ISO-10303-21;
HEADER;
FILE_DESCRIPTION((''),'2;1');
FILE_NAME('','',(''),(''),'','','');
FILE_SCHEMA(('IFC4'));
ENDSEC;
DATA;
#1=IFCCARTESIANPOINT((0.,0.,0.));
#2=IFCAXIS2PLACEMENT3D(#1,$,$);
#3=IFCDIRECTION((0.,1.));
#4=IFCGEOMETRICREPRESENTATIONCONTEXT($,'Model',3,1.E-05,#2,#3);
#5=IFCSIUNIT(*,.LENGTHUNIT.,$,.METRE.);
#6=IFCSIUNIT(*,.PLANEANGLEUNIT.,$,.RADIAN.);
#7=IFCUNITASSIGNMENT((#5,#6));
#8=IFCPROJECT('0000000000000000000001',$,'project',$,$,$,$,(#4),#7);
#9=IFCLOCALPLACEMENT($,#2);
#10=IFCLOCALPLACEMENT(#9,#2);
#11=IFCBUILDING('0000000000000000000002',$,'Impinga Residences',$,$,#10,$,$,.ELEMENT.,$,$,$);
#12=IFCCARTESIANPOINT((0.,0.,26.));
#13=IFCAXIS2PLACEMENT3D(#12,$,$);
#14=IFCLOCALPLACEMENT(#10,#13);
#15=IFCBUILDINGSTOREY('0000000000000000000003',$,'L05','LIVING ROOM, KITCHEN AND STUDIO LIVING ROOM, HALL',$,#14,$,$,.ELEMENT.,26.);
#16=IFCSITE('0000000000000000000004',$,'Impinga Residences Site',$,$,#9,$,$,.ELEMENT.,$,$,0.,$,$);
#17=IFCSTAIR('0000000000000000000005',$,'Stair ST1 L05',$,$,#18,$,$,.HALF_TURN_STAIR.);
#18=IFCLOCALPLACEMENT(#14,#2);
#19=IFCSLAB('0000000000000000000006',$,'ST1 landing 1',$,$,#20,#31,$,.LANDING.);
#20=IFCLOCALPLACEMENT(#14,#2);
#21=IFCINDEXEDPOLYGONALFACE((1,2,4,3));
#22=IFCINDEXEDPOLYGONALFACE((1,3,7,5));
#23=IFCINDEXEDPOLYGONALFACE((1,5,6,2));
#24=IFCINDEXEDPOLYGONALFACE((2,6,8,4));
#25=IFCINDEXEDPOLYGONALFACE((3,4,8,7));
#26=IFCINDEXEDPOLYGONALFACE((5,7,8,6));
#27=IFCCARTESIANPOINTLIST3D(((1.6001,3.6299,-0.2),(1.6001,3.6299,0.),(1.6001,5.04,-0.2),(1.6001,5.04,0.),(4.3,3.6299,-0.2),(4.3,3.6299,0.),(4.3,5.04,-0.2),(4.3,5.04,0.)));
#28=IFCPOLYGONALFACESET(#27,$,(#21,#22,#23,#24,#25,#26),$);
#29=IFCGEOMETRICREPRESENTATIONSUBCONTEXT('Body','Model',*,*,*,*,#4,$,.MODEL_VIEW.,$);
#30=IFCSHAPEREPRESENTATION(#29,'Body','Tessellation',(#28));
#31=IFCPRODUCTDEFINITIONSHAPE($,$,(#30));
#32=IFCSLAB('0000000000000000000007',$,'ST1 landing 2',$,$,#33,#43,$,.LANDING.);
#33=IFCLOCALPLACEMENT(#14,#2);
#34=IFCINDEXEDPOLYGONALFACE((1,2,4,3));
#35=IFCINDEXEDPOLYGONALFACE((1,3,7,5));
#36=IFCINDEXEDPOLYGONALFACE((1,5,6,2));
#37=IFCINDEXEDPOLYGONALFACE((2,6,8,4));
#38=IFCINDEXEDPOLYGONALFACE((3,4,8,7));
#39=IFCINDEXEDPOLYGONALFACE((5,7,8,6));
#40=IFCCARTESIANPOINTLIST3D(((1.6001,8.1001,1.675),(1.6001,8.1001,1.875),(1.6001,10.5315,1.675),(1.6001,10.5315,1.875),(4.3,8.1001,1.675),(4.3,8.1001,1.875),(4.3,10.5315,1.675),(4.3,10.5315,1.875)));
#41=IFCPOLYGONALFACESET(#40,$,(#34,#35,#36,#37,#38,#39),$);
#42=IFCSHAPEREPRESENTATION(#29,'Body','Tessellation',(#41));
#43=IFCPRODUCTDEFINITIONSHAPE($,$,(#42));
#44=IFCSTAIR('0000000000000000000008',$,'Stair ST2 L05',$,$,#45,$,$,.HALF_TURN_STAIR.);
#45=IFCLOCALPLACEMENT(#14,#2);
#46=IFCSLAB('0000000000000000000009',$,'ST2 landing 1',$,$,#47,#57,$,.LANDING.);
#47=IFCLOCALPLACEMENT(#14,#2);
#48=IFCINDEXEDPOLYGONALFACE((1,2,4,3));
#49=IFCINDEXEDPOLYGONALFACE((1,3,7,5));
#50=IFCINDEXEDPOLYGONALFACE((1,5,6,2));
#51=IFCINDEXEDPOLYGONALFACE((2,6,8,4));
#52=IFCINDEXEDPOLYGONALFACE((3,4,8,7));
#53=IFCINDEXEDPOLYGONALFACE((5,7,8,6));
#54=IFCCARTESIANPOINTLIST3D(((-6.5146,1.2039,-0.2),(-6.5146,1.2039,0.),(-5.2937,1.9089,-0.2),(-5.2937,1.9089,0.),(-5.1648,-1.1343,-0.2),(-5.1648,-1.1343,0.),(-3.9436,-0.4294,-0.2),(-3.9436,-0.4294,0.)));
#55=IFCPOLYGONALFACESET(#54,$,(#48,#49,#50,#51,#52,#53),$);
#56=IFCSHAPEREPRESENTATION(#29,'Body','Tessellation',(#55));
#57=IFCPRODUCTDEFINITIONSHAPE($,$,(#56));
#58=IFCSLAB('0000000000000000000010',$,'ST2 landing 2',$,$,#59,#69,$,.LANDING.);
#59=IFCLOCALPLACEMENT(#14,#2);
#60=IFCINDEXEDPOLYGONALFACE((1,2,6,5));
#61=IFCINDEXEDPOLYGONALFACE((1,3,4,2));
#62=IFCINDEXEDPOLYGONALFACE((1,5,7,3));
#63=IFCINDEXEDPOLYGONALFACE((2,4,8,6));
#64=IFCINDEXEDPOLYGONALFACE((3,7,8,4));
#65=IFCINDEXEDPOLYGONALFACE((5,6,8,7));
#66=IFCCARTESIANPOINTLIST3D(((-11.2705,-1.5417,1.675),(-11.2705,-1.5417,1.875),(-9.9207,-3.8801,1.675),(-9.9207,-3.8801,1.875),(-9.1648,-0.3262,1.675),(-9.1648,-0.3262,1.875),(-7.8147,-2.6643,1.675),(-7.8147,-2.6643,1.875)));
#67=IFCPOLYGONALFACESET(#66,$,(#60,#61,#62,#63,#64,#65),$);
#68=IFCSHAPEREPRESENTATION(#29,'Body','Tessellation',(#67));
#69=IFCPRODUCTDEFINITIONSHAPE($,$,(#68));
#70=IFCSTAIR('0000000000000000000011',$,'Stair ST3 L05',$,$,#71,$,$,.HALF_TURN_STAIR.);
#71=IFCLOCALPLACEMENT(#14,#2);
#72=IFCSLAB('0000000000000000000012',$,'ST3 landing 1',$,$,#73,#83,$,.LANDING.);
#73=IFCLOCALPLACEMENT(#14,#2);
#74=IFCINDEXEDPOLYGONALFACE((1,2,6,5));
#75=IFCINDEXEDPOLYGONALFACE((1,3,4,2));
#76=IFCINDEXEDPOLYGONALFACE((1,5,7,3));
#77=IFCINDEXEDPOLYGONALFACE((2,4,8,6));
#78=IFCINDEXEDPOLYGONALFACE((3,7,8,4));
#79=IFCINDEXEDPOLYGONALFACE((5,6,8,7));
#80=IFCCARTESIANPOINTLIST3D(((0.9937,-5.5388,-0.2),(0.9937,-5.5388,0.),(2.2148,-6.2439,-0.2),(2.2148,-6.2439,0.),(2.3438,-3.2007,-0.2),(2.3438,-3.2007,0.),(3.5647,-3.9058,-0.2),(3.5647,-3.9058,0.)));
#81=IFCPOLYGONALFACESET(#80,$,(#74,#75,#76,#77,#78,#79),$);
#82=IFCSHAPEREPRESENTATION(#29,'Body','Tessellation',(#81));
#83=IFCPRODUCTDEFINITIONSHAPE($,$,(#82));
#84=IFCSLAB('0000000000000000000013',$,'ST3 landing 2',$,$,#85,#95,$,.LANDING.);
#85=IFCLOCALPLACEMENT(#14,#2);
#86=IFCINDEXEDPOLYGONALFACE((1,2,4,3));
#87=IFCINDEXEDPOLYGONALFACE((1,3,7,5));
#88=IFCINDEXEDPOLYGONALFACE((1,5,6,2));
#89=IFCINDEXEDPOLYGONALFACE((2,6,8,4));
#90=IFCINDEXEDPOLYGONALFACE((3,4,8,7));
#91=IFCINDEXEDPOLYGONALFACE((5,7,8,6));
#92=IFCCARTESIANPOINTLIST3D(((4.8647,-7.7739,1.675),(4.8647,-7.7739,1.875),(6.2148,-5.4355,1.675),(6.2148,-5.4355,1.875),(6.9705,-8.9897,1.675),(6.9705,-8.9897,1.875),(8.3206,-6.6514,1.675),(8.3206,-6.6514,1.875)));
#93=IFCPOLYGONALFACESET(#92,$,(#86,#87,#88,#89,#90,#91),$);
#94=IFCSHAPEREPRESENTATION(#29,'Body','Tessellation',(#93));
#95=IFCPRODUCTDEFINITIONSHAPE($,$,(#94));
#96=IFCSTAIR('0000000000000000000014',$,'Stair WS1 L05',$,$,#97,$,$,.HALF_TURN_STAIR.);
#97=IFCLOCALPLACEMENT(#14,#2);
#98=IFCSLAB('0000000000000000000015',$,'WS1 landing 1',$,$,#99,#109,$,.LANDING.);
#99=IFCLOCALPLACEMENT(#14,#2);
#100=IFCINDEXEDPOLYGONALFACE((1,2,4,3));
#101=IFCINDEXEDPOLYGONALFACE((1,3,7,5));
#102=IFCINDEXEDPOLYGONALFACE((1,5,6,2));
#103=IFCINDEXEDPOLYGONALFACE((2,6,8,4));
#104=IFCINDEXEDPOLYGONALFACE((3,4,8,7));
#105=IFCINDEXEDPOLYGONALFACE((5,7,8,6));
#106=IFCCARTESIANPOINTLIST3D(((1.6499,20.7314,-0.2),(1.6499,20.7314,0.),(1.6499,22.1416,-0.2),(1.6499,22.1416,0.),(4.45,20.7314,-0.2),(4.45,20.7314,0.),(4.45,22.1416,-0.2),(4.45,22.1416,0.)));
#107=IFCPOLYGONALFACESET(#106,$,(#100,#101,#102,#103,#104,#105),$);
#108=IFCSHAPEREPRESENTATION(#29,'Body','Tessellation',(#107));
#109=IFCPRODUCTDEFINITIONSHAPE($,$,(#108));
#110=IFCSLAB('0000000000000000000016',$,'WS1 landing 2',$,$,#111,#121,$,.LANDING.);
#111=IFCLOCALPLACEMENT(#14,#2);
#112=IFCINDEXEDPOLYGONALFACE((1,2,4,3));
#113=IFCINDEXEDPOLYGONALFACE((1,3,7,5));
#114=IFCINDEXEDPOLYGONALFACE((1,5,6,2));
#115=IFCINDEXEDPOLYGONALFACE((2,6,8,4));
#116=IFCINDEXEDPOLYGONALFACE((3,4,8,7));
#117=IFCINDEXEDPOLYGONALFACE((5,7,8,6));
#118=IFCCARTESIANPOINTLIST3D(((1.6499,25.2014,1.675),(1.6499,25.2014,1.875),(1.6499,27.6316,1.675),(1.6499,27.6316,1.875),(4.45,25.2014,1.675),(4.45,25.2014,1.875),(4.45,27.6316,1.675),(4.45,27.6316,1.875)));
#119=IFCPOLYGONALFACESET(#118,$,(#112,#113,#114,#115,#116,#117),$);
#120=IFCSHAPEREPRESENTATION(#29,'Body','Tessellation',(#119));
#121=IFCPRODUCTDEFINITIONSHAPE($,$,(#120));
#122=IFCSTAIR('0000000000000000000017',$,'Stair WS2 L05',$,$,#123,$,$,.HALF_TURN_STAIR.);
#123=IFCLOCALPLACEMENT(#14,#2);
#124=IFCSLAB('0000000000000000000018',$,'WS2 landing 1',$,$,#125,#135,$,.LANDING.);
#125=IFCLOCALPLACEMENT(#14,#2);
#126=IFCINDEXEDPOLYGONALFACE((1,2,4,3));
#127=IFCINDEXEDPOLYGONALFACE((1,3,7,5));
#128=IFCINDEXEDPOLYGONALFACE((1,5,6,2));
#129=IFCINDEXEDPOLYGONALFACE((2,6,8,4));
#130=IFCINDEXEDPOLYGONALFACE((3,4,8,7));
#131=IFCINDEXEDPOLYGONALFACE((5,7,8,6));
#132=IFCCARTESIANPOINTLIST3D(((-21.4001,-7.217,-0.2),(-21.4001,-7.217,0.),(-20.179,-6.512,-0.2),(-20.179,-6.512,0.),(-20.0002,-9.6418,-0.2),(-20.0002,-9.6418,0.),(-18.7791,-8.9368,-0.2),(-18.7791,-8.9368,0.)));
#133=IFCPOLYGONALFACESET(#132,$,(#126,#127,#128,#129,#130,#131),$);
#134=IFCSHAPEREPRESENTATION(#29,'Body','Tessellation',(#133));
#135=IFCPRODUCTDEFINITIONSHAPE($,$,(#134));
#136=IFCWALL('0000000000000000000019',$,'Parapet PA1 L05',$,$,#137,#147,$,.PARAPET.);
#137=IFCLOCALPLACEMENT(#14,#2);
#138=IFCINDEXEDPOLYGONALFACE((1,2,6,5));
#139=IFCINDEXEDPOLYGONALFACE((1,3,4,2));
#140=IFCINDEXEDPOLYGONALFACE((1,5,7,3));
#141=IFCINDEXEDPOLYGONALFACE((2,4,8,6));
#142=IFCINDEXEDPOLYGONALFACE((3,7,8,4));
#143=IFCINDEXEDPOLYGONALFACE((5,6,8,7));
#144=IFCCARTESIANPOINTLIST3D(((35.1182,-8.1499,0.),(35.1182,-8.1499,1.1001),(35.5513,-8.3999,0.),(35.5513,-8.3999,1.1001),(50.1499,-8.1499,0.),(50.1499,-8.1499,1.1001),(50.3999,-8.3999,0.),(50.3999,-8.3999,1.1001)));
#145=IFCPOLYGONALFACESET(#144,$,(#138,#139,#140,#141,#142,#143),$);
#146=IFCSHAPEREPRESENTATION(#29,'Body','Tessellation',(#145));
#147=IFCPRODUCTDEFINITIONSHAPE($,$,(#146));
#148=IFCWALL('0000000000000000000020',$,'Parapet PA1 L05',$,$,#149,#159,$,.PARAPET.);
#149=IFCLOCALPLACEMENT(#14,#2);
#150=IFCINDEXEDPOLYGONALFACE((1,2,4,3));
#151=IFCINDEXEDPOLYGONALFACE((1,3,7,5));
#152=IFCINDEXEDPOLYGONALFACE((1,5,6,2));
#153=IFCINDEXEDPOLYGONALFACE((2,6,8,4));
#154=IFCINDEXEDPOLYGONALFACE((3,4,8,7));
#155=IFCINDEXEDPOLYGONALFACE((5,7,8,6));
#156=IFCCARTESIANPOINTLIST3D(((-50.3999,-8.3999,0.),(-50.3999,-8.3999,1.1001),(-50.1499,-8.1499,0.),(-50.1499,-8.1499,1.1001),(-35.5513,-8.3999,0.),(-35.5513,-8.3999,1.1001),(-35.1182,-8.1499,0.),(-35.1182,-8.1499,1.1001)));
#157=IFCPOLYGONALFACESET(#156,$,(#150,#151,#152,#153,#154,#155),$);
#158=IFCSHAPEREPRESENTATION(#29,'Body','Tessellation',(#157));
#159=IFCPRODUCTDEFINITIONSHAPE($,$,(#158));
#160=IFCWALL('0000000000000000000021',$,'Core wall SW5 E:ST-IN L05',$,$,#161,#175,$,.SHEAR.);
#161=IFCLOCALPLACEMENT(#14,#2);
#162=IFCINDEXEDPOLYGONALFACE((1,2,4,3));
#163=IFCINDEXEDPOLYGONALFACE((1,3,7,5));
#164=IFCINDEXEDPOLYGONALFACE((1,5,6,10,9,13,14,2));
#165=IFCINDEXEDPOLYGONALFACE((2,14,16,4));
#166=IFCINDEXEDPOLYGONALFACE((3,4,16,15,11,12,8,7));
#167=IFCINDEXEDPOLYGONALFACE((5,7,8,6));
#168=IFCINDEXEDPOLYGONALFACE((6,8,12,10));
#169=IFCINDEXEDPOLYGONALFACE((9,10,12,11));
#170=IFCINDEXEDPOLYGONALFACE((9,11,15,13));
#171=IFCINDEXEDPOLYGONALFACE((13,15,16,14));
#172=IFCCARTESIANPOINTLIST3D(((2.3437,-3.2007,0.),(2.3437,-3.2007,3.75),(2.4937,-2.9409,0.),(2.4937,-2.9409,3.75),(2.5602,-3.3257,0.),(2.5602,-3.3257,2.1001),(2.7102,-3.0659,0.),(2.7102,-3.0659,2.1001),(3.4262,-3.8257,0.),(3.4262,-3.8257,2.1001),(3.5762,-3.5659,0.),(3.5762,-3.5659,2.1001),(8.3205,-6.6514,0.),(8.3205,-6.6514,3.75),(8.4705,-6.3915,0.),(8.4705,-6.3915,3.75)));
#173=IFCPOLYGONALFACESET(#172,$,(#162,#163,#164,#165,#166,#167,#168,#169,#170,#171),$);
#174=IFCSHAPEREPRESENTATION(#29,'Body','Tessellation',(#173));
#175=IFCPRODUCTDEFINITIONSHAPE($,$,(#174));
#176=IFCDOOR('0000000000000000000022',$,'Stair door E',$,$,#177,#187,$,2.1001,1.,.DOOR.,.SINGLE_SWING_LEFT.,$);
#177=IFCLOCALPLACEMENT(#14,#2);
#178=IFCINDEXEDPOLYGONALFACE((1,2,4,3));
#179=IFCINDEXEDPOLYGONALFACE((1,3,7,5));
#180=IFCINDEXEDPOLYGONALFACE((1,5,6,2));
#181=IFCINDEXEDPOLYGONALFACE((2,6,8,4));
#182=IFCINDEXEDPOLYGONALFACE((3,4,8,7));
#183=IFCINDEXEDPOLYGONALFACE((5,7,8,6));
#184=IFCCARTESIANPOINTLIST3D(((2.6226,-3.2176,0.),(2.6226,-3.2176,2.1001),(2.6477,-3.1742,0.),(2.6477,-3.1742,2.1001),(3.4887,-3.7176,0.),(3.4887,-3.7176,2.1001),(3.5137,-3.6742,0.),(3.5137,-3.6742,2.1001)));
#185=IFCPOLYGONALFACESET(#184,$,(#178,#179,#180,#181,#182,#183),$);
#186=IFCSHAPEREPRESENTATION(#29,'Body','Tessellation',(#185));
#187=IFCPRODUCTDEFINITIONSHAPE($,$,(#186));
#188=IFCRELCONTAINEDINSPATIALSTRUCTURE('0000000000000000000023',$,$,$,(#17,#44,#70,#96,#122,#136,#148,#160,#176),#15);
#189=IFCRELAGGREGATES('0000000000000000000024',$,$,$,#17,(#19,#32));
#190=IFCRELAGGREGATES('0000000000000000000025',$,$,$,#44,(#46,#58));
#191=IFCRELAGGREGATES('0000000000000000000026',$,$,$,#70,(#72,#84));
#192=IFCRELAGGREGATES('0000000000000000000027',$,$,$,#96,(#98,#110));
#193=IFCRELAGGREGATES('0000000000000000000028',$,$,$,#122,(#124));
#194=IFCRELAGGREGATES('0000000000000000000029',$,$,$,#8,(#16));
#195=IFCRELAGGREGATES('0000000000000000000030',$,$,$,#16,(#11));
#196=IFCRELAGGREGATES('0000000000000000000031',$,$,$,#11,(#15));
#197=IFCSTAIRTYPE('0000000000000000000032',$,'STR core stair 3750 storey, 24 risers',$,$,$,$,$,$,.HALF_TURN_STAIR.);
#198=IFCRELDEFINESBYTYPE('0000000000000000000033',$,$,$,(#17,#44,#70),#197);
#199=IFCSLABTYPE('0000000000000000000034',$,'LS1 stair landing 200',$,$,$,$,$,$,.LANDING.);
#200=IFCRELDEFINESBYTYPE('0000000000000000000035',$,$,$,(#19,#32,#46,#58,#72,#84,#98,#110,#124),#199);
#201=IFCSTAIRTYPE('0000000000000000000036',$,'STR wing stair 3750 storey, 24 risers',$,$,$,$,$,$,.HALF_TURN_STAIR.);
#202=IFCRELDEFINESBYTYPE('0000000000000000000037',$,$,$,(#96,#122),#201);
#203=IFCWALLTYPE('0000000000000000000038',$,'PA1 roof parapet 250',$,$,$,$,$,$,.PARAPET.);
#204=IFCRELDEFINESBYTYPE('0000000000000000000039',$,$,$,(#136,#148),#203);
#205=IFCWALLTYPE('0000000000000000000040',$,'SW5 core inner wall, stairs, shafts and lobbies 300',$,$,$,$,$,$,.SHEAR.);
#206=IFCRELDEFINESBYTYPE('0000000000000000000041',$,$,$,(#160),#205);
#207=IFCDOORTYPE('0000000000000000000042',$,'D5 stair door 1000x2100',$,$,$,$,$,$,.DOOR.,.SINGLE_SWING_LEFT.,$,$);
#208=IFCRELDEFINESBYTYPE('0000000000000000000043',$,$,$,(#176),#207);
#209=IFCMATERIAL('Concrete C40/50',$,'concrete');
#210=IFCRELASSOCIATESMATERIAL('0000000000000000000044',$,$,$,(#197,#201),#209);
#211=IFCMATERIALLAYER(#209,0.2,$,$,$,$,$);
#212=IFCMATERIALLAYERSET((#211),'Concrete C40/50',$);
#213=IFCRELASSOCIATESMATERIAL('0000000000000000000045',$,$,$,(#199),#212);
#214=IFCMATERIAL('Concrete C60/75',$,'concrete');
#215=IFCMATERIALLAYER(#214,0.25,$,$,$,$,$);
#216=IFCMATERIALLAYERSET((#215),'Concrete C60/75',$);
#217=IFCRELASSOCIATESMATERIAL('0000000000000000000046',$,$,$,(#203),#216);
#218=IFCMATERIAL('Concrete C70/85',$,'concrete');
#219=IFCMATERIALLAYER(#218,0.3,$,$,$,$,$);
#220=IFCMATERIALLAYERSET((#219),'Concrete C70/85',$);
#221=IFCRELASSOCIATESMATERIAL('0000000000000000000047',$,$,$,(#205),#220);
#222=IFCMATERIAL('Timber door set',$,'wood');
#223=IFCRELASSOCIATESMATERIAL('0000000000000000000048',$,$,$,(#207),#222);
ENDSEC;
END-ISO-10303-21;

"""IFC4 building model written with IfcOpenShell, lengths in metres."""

from ifc_helpers import new_model, si_unit, direction, frame, frame_2d, origin, place, context, subcontext, project, spatial, polyline, rectangle, outline, extrude, material, layer, layer_set, type_object, element, fill, aggregate, save


model = new_model("IFC4")

# Units and contexts
model_context = context("Model", 3, precision=1e-05, world=origin(), true_north=direction((0.0, 1.0)))
body_context = subcontext(model_context, "Body", "Model", "MODEL_VIEW")
ifc_project = project(units=[si_unit("LENGTHUNIT", "METRE"), si_unit("PLANEANGLEUNIT", "RADIAN")], contexts=[model_context])

# Site, building, storey
site_placement = place(None, origin())
site = spatial("IfcSite", under=ifc_project, at=site_placement, Name="Impinga Residences Site", CompositionType="ELEMENT", RefElevation=0.0)
building_placement = place(site_placement, origin())
building = spatial("IfcBuilding", under=site, at=building_placement, Name="Impinga Residences", CompositionType="ELEMENT")
storey_placement = place(building_placement, frame((0.0, 0.0, 26.0)))
storey = spatial("IfcBuildingStorey", under=building, at=storey_placement, Name="L05", Description="LIVING ROOM, KITCHEN AND STUDIO LIVING ROOM, HALL", CompositionType="ELEMENT", Elevation=26.0)

# Stairs, slabs
ifc_material_1 = material(Name="Concrete C40/50", Category="concrete")
stair_type_1 = type_object("IfcStairType", Name="STR core stair 3750 storey, 24 risers", PredefinedType="HALF_TURN_STAIR", material=ifc_material_1)
stair_1_placement = place(storey_placement, origin())
stair_1 = element("IfcStair", 1, at=stair_1_placement, inside=storey, type_object=stair_type_1, Name="Stair ST1 L05", PredefinedType="HALF_TURN_STAIR")
ifc_layer_1 = layer(ifc_material_1, 0.2)
ifc_layer_set_1 = layer_set([ifc_layer_1], Name="Concrete C40/50")
slab_type = type_object("IfcSlabType", Name="LS1 stair landing 200", PredefinedType="LANDING", material=ifc_layer_set_1)
slab_1_placement = place(storey_placement, frame((0.0, 0.0, -0.2)))
slab_1 = element("IfcSlab", 2, at=slab_1_placement, type_object=slab_type, Name="ST1 landing 1", PredefinedType="LANDING", context=body_context, shape_type="SweptSolid", body=[
    extrude(outline(polyline([(1.6001, 3.6299), (4.3, 3.6299), (4.3, 5.04), (1.6001, 5.04), (1.6001, 3.6299)])), origin(), (0.0, 0.0, 1.0), 0.2),
])
slab_2_placement = place(storey_placement, frame((0.0, 0.0, 1.675)))
slab_2 = element("IfcSlab", 3, at=slab_2_placement, type_object=slab_type, Name="ST1 landing 2", PredefinedType="LANDING", context=body_context, shape_type="SweptSolid", body=[
    extrude(outline(polyline([(1.6001, 8.1001), (4.3, 8.1001), (4.3, 10.5315), (1.6001, 10.5315), (1.6001, 8.1001)])), origin(), (0.0, 0.0, 1.0), 0.2),
])
aggregate(stair_1, [slab_1, slab_2])
stair_2_placement = place(storey_placement, origin())
stair_2 = element("IfcStair", 4, at=stair_2_placement, inside=storey, type_object=stair_type_1, Name="Stair ST2 L05", PredefinedType="HALF_TURN_STAIR")
slab_3_placement = place(storey_placement, frame((0.0, 0.0, -0.2)))
slab_3 = element("IfcSlab", 5, at=slab_3_placement, type_object=slab_type, Name="ST2 landing 1", PredefinedType="LANDING", context=body_context, shape_type="SweptSolid", body=[
    extrude(outline(polyline([(-3.9436, -0.4294), (-5.2937, 1.9089), (-6.5146, 1.2039), (-5.1648, -1.1343), (-3.9436, -0.4294)])), origin(), (0.0, 0.0, 1.0), 0.2),
])
slab_4_placement = place(storey_placement, frame((0.0, 0.0, 1.675)))
slab_4 = element("IfcSlab", 6, at=slab_4_placement, type_object=slab_type, Name="ST2 landing 2", PredefinedType="LANDING", context=body_context, shape_type="SweptSolid", body=[
    extrude(outline(polyline([(-7.8147, -2.6643), (-9.1648, -0.3262), (-11.2705, -1.5417), (-9.9207, -3.8801), (-7.8147, -2.6643)])), origin(), (0.0, 0.0, 1.0), 0.2),
])
aggregate(stair_2, [slab_3, slab_4])
stair_3_placement = place(storey_placement, origin())
stair_3 = element("IfcStair", 7, at=stair_3_placement, inside=storey, type_object=stair_type_1, Name="Stair ST3 L05", PredefinedType="HALF_TURN_STAIR")
slab_5_placement = place(storey_placement, frame((0.0, 0.0, -0.2)))
slab_5 = element("IfcSlab", 8, at=slab_5_placement, type_object=slab_type, Name="ST3 landing 1", PredefinedType="LANDING", context=body_context, shape_type="SweptSolid", body=[
    extrude(outline(polyline([(2.3438, -3.2007), (0.9937, -5.5388), (2.2148, -6.2439), (3.5647, -3.9058), (2.3438, -3.2007)])), origin(), (0.0, 0.0, 1.0), 0.2),
])
slab_6_placement = place(storey_placement, frame((0.0, 0.0, 1.675)))
slab_6 = element("IfcSlab", 9, at=slab_6_placement, type_object=slab_type, Name="ST3 landing 2", PredefinedType="LANDING", context=body_context, shape_type="SweptSolid", body=[
    extrude(outline(polyline([(6.2148, -5.4355), (4.8647, -7.7739), (6.9705, -8.9897), (8.3206, -6.6514), (6.2148, -5.4355)])), origin(), (0.0, 0.0, 1.0), 0.2),
])
aggregate(stair_3, [slab_5, slab_6])
stair_type_2 = type_object("IfcStairType", Name="STR wing stair 3750 storey, 24 risers", PredefinedType="HALF_TURN_STAIR", material=ifc_material_1)
stair_4_placement = place(storey_placement, origin())
stair_4 = element("IfcStair", 10, at=stair_4_placement, inside=storey, type_object=stair_type_2, Name="Stair WS1 L05", PredefinedType="HALF_TURN_STAIR")
slab_7_placement = place(storey_placement, frame((0.0, 0.0, -0.2)))
slab_7 = element("IfcSlab", 11, at=slab_7_placement, type_object=slab_type, Name="WS1 landing 1", PredefinedType="LANDING", context=body_context, shape_type="SweptSolid", body=[
    extrude(outline(polyline([(1.6499, 20.7314), (4.45, 20.7314), (4.45, 22.1416), (1.6499, 22.1416), (1.6499, 20.7314)])), origin(), (0.0, 0.0, 1.0), 0.2),
])
slab_8_placement = place(storey_placement, frame((0.0, 0.0, 1.675)))
slab_8 = element("IfcSlab", 12, at=slab_8_placement, type_object=slab_type, Name="WS1 landing 2", PredefinedType="LANDING", context=body_context, shape_type="SweptSolid", body=[
    extrude(outline(polyline([(1.6499, 25.2014), (4.45, 25.2014), (4.45, 27.6316), (1.6499, 27.6316), (1.6499, 25.2014)])), origin(), (0.0, 0.0, 1.0), 0.2),
])
aggregate(stair_4, [slab_7, slab_8])

# Stair, slab
stair_5_placement = place(storey_placement, origin())
stair_5 = element("IfcStair", 13, at=stair_5_placement, inside=storey, type_object=stair_type_2, Name="Stair WS2 L05", PredefinedType="HALF_TURN_STAIR")
slab_9_placement = place(storey_placement, frame((0.0, 0.0, -0.2)))
slab_9 = element("IfcSlab", 14, at=slab_9_placement, type_object=slab_type, Name="WS2 landing 1", PredefinedType="LANDING", context=body_context, shape_type="SweptSolid", body=[
    extrude(outline(polyline([(-18.7791, -8.9368), (-20.179, -6.512), (-21.4001, -7.217), (-20.0002, -9.6418), (-18.7791, -8.9368)])), origin(), (0.0, 0.0, 1.0), 0.2),
])
aggregate(stair_5, [slab_9])

# Walls
ifc_material_2 = material(Name="Concrete C60/75", Category="concrete")
ifc_layer_2 = layer(ifc_material_2, 0.25)
ifc_layer_set_2 = layer_set([ifc_layer_2], Name="Concrete C60/75")
wall_type_1 = type_object("IfcWallType", Name="PA1 roof parapet 250", PredefinedType="PARAPET", material=ifc_layer_set_2)
wall_1_placement = place(storey_placement, origin())
element("IfcWall", 15, at=wall_1_placement, inside=storey, type_object=wall_type_1, Name="Parapet PA1 L05", PredefinedType="PARAPET", context=body_context, shape_type="SweptSolid", body=[
    extrude(outline(polyline([(50.3999, -8.3999), (35.5513, -8.3999), (35.1182, -8.1499), (50.1499, -8.1499), (50.3999, -8.3999)])), origin(), (0.0, 0.0, 1.0), 1.1001),
])
wall_2_placement = place(storey_placement, origin())
element("IfcWall", 16, at=wall_2_placement, inside=storey, type_object=wall_type_1, Name="Parapet PA1 L05", PredefinedType="PARAPET", context=body_context, shape_type="SweptSolid", body=[
    extrude(outline(polyline([(-35.5513, -8.3999), (-50.3999, -8.3999), (-50.1499, -8.1499), (-35.1182, -8.1499), (-35.5513, -8.3999)])), origin(), (0.0, 0.0, 1.0), 1.1001),
])

# Wall, opening, door
ifc_material_3 = material(Name="Concrete C70/85", Category="concrete")
ifc_layer_3 = layer(ifc_material_3, 0.3)
ifc_layer_set_3 = layer_set([ifc_layer_3], Name="Concrete C70/85")
wall_type_2 = type_object("IfcWallType", Name="SW5 core inner wall, stairs, shafts and lobbies 300", PredefinedType="SHEAR", material=ifc_layer_set_3)
wall_3_placement = place(storey_placement, frame((2.4187, -3.0708, 0.0), z_axis=(0.0, 0.0, 1.0), x_axis=(0.866027, -0.499997, 0.0)))
wall_3 = element("IfcWall", 17, at=wall_3_placement, inside=storey, type_object=wall_type_2, Name="Core wall SW5 E:ST-IN L05", PredefinedType="SHEAR", context=body_context, shape_type="SweptSolid", body=[
    extrude(rectangle(XDim=6.9014, YDim=0.3, at=frame_2d((3.4507, 0.0))), origin(), (0.0, 0.0, 1.0), 3.75),
])
opening_1_placement = place(wall_3_placement, frame((0.25, 0.0, 0.0)))
opening_1 = element("IfcOpeningElement", 18, at=opening_1_placement, cuts=wall_3, PredefinedType="OPENING", context=body_context, shape_type="SweptSolid", body=[
    extrude(rectangle(XDim=1.0, YDim=2.1001, at=frame_2d((0.5, 1.05))), frame((0.0, 0.1599, 0.0), z_axis=(0.0, -1.0, 0.0), x_axis=(1.0, 0.0, 0.0)), (0.0, 0.0, 1.0), 0.3201),
])
ifc_material_4 = material(Name="Timber door set", Category="wood")
door_type_1 = type_object("IfcDoorType", Name="D5 stair door 1000x2100", OperationType="SINGLE_SWING_LEFT", PredefinedType="DOOR", material=ifc_material_4)
door_1_placement = place(opening_1_placement, origin())
door_1 = element("IfcDoor", 19, at=door_1_placement, inside=storey, type_object=door_type_1, Name="Stair door E", OperationType="SINGLE_SWING_LEFT", OverallHeight=2.1001, OverallWidth=1.0, PredefinedType="DOOR", context=body_context, shape_type="SweptSolid", body=[
    extrude(rectangle(XDim=1.0, YDim=2.1001, at=frame_2d((0.5, 1.05))), frame((0.0, 0.0249, 0.0), z_axis=(0.0, -1.0, 0.0), x_axis=(1.0, 0.0, 0.0)), (0.0, 0.0, 1.0), 0.05),
])
fill(opening_1, door_1)

save(model, "model.ifc")
